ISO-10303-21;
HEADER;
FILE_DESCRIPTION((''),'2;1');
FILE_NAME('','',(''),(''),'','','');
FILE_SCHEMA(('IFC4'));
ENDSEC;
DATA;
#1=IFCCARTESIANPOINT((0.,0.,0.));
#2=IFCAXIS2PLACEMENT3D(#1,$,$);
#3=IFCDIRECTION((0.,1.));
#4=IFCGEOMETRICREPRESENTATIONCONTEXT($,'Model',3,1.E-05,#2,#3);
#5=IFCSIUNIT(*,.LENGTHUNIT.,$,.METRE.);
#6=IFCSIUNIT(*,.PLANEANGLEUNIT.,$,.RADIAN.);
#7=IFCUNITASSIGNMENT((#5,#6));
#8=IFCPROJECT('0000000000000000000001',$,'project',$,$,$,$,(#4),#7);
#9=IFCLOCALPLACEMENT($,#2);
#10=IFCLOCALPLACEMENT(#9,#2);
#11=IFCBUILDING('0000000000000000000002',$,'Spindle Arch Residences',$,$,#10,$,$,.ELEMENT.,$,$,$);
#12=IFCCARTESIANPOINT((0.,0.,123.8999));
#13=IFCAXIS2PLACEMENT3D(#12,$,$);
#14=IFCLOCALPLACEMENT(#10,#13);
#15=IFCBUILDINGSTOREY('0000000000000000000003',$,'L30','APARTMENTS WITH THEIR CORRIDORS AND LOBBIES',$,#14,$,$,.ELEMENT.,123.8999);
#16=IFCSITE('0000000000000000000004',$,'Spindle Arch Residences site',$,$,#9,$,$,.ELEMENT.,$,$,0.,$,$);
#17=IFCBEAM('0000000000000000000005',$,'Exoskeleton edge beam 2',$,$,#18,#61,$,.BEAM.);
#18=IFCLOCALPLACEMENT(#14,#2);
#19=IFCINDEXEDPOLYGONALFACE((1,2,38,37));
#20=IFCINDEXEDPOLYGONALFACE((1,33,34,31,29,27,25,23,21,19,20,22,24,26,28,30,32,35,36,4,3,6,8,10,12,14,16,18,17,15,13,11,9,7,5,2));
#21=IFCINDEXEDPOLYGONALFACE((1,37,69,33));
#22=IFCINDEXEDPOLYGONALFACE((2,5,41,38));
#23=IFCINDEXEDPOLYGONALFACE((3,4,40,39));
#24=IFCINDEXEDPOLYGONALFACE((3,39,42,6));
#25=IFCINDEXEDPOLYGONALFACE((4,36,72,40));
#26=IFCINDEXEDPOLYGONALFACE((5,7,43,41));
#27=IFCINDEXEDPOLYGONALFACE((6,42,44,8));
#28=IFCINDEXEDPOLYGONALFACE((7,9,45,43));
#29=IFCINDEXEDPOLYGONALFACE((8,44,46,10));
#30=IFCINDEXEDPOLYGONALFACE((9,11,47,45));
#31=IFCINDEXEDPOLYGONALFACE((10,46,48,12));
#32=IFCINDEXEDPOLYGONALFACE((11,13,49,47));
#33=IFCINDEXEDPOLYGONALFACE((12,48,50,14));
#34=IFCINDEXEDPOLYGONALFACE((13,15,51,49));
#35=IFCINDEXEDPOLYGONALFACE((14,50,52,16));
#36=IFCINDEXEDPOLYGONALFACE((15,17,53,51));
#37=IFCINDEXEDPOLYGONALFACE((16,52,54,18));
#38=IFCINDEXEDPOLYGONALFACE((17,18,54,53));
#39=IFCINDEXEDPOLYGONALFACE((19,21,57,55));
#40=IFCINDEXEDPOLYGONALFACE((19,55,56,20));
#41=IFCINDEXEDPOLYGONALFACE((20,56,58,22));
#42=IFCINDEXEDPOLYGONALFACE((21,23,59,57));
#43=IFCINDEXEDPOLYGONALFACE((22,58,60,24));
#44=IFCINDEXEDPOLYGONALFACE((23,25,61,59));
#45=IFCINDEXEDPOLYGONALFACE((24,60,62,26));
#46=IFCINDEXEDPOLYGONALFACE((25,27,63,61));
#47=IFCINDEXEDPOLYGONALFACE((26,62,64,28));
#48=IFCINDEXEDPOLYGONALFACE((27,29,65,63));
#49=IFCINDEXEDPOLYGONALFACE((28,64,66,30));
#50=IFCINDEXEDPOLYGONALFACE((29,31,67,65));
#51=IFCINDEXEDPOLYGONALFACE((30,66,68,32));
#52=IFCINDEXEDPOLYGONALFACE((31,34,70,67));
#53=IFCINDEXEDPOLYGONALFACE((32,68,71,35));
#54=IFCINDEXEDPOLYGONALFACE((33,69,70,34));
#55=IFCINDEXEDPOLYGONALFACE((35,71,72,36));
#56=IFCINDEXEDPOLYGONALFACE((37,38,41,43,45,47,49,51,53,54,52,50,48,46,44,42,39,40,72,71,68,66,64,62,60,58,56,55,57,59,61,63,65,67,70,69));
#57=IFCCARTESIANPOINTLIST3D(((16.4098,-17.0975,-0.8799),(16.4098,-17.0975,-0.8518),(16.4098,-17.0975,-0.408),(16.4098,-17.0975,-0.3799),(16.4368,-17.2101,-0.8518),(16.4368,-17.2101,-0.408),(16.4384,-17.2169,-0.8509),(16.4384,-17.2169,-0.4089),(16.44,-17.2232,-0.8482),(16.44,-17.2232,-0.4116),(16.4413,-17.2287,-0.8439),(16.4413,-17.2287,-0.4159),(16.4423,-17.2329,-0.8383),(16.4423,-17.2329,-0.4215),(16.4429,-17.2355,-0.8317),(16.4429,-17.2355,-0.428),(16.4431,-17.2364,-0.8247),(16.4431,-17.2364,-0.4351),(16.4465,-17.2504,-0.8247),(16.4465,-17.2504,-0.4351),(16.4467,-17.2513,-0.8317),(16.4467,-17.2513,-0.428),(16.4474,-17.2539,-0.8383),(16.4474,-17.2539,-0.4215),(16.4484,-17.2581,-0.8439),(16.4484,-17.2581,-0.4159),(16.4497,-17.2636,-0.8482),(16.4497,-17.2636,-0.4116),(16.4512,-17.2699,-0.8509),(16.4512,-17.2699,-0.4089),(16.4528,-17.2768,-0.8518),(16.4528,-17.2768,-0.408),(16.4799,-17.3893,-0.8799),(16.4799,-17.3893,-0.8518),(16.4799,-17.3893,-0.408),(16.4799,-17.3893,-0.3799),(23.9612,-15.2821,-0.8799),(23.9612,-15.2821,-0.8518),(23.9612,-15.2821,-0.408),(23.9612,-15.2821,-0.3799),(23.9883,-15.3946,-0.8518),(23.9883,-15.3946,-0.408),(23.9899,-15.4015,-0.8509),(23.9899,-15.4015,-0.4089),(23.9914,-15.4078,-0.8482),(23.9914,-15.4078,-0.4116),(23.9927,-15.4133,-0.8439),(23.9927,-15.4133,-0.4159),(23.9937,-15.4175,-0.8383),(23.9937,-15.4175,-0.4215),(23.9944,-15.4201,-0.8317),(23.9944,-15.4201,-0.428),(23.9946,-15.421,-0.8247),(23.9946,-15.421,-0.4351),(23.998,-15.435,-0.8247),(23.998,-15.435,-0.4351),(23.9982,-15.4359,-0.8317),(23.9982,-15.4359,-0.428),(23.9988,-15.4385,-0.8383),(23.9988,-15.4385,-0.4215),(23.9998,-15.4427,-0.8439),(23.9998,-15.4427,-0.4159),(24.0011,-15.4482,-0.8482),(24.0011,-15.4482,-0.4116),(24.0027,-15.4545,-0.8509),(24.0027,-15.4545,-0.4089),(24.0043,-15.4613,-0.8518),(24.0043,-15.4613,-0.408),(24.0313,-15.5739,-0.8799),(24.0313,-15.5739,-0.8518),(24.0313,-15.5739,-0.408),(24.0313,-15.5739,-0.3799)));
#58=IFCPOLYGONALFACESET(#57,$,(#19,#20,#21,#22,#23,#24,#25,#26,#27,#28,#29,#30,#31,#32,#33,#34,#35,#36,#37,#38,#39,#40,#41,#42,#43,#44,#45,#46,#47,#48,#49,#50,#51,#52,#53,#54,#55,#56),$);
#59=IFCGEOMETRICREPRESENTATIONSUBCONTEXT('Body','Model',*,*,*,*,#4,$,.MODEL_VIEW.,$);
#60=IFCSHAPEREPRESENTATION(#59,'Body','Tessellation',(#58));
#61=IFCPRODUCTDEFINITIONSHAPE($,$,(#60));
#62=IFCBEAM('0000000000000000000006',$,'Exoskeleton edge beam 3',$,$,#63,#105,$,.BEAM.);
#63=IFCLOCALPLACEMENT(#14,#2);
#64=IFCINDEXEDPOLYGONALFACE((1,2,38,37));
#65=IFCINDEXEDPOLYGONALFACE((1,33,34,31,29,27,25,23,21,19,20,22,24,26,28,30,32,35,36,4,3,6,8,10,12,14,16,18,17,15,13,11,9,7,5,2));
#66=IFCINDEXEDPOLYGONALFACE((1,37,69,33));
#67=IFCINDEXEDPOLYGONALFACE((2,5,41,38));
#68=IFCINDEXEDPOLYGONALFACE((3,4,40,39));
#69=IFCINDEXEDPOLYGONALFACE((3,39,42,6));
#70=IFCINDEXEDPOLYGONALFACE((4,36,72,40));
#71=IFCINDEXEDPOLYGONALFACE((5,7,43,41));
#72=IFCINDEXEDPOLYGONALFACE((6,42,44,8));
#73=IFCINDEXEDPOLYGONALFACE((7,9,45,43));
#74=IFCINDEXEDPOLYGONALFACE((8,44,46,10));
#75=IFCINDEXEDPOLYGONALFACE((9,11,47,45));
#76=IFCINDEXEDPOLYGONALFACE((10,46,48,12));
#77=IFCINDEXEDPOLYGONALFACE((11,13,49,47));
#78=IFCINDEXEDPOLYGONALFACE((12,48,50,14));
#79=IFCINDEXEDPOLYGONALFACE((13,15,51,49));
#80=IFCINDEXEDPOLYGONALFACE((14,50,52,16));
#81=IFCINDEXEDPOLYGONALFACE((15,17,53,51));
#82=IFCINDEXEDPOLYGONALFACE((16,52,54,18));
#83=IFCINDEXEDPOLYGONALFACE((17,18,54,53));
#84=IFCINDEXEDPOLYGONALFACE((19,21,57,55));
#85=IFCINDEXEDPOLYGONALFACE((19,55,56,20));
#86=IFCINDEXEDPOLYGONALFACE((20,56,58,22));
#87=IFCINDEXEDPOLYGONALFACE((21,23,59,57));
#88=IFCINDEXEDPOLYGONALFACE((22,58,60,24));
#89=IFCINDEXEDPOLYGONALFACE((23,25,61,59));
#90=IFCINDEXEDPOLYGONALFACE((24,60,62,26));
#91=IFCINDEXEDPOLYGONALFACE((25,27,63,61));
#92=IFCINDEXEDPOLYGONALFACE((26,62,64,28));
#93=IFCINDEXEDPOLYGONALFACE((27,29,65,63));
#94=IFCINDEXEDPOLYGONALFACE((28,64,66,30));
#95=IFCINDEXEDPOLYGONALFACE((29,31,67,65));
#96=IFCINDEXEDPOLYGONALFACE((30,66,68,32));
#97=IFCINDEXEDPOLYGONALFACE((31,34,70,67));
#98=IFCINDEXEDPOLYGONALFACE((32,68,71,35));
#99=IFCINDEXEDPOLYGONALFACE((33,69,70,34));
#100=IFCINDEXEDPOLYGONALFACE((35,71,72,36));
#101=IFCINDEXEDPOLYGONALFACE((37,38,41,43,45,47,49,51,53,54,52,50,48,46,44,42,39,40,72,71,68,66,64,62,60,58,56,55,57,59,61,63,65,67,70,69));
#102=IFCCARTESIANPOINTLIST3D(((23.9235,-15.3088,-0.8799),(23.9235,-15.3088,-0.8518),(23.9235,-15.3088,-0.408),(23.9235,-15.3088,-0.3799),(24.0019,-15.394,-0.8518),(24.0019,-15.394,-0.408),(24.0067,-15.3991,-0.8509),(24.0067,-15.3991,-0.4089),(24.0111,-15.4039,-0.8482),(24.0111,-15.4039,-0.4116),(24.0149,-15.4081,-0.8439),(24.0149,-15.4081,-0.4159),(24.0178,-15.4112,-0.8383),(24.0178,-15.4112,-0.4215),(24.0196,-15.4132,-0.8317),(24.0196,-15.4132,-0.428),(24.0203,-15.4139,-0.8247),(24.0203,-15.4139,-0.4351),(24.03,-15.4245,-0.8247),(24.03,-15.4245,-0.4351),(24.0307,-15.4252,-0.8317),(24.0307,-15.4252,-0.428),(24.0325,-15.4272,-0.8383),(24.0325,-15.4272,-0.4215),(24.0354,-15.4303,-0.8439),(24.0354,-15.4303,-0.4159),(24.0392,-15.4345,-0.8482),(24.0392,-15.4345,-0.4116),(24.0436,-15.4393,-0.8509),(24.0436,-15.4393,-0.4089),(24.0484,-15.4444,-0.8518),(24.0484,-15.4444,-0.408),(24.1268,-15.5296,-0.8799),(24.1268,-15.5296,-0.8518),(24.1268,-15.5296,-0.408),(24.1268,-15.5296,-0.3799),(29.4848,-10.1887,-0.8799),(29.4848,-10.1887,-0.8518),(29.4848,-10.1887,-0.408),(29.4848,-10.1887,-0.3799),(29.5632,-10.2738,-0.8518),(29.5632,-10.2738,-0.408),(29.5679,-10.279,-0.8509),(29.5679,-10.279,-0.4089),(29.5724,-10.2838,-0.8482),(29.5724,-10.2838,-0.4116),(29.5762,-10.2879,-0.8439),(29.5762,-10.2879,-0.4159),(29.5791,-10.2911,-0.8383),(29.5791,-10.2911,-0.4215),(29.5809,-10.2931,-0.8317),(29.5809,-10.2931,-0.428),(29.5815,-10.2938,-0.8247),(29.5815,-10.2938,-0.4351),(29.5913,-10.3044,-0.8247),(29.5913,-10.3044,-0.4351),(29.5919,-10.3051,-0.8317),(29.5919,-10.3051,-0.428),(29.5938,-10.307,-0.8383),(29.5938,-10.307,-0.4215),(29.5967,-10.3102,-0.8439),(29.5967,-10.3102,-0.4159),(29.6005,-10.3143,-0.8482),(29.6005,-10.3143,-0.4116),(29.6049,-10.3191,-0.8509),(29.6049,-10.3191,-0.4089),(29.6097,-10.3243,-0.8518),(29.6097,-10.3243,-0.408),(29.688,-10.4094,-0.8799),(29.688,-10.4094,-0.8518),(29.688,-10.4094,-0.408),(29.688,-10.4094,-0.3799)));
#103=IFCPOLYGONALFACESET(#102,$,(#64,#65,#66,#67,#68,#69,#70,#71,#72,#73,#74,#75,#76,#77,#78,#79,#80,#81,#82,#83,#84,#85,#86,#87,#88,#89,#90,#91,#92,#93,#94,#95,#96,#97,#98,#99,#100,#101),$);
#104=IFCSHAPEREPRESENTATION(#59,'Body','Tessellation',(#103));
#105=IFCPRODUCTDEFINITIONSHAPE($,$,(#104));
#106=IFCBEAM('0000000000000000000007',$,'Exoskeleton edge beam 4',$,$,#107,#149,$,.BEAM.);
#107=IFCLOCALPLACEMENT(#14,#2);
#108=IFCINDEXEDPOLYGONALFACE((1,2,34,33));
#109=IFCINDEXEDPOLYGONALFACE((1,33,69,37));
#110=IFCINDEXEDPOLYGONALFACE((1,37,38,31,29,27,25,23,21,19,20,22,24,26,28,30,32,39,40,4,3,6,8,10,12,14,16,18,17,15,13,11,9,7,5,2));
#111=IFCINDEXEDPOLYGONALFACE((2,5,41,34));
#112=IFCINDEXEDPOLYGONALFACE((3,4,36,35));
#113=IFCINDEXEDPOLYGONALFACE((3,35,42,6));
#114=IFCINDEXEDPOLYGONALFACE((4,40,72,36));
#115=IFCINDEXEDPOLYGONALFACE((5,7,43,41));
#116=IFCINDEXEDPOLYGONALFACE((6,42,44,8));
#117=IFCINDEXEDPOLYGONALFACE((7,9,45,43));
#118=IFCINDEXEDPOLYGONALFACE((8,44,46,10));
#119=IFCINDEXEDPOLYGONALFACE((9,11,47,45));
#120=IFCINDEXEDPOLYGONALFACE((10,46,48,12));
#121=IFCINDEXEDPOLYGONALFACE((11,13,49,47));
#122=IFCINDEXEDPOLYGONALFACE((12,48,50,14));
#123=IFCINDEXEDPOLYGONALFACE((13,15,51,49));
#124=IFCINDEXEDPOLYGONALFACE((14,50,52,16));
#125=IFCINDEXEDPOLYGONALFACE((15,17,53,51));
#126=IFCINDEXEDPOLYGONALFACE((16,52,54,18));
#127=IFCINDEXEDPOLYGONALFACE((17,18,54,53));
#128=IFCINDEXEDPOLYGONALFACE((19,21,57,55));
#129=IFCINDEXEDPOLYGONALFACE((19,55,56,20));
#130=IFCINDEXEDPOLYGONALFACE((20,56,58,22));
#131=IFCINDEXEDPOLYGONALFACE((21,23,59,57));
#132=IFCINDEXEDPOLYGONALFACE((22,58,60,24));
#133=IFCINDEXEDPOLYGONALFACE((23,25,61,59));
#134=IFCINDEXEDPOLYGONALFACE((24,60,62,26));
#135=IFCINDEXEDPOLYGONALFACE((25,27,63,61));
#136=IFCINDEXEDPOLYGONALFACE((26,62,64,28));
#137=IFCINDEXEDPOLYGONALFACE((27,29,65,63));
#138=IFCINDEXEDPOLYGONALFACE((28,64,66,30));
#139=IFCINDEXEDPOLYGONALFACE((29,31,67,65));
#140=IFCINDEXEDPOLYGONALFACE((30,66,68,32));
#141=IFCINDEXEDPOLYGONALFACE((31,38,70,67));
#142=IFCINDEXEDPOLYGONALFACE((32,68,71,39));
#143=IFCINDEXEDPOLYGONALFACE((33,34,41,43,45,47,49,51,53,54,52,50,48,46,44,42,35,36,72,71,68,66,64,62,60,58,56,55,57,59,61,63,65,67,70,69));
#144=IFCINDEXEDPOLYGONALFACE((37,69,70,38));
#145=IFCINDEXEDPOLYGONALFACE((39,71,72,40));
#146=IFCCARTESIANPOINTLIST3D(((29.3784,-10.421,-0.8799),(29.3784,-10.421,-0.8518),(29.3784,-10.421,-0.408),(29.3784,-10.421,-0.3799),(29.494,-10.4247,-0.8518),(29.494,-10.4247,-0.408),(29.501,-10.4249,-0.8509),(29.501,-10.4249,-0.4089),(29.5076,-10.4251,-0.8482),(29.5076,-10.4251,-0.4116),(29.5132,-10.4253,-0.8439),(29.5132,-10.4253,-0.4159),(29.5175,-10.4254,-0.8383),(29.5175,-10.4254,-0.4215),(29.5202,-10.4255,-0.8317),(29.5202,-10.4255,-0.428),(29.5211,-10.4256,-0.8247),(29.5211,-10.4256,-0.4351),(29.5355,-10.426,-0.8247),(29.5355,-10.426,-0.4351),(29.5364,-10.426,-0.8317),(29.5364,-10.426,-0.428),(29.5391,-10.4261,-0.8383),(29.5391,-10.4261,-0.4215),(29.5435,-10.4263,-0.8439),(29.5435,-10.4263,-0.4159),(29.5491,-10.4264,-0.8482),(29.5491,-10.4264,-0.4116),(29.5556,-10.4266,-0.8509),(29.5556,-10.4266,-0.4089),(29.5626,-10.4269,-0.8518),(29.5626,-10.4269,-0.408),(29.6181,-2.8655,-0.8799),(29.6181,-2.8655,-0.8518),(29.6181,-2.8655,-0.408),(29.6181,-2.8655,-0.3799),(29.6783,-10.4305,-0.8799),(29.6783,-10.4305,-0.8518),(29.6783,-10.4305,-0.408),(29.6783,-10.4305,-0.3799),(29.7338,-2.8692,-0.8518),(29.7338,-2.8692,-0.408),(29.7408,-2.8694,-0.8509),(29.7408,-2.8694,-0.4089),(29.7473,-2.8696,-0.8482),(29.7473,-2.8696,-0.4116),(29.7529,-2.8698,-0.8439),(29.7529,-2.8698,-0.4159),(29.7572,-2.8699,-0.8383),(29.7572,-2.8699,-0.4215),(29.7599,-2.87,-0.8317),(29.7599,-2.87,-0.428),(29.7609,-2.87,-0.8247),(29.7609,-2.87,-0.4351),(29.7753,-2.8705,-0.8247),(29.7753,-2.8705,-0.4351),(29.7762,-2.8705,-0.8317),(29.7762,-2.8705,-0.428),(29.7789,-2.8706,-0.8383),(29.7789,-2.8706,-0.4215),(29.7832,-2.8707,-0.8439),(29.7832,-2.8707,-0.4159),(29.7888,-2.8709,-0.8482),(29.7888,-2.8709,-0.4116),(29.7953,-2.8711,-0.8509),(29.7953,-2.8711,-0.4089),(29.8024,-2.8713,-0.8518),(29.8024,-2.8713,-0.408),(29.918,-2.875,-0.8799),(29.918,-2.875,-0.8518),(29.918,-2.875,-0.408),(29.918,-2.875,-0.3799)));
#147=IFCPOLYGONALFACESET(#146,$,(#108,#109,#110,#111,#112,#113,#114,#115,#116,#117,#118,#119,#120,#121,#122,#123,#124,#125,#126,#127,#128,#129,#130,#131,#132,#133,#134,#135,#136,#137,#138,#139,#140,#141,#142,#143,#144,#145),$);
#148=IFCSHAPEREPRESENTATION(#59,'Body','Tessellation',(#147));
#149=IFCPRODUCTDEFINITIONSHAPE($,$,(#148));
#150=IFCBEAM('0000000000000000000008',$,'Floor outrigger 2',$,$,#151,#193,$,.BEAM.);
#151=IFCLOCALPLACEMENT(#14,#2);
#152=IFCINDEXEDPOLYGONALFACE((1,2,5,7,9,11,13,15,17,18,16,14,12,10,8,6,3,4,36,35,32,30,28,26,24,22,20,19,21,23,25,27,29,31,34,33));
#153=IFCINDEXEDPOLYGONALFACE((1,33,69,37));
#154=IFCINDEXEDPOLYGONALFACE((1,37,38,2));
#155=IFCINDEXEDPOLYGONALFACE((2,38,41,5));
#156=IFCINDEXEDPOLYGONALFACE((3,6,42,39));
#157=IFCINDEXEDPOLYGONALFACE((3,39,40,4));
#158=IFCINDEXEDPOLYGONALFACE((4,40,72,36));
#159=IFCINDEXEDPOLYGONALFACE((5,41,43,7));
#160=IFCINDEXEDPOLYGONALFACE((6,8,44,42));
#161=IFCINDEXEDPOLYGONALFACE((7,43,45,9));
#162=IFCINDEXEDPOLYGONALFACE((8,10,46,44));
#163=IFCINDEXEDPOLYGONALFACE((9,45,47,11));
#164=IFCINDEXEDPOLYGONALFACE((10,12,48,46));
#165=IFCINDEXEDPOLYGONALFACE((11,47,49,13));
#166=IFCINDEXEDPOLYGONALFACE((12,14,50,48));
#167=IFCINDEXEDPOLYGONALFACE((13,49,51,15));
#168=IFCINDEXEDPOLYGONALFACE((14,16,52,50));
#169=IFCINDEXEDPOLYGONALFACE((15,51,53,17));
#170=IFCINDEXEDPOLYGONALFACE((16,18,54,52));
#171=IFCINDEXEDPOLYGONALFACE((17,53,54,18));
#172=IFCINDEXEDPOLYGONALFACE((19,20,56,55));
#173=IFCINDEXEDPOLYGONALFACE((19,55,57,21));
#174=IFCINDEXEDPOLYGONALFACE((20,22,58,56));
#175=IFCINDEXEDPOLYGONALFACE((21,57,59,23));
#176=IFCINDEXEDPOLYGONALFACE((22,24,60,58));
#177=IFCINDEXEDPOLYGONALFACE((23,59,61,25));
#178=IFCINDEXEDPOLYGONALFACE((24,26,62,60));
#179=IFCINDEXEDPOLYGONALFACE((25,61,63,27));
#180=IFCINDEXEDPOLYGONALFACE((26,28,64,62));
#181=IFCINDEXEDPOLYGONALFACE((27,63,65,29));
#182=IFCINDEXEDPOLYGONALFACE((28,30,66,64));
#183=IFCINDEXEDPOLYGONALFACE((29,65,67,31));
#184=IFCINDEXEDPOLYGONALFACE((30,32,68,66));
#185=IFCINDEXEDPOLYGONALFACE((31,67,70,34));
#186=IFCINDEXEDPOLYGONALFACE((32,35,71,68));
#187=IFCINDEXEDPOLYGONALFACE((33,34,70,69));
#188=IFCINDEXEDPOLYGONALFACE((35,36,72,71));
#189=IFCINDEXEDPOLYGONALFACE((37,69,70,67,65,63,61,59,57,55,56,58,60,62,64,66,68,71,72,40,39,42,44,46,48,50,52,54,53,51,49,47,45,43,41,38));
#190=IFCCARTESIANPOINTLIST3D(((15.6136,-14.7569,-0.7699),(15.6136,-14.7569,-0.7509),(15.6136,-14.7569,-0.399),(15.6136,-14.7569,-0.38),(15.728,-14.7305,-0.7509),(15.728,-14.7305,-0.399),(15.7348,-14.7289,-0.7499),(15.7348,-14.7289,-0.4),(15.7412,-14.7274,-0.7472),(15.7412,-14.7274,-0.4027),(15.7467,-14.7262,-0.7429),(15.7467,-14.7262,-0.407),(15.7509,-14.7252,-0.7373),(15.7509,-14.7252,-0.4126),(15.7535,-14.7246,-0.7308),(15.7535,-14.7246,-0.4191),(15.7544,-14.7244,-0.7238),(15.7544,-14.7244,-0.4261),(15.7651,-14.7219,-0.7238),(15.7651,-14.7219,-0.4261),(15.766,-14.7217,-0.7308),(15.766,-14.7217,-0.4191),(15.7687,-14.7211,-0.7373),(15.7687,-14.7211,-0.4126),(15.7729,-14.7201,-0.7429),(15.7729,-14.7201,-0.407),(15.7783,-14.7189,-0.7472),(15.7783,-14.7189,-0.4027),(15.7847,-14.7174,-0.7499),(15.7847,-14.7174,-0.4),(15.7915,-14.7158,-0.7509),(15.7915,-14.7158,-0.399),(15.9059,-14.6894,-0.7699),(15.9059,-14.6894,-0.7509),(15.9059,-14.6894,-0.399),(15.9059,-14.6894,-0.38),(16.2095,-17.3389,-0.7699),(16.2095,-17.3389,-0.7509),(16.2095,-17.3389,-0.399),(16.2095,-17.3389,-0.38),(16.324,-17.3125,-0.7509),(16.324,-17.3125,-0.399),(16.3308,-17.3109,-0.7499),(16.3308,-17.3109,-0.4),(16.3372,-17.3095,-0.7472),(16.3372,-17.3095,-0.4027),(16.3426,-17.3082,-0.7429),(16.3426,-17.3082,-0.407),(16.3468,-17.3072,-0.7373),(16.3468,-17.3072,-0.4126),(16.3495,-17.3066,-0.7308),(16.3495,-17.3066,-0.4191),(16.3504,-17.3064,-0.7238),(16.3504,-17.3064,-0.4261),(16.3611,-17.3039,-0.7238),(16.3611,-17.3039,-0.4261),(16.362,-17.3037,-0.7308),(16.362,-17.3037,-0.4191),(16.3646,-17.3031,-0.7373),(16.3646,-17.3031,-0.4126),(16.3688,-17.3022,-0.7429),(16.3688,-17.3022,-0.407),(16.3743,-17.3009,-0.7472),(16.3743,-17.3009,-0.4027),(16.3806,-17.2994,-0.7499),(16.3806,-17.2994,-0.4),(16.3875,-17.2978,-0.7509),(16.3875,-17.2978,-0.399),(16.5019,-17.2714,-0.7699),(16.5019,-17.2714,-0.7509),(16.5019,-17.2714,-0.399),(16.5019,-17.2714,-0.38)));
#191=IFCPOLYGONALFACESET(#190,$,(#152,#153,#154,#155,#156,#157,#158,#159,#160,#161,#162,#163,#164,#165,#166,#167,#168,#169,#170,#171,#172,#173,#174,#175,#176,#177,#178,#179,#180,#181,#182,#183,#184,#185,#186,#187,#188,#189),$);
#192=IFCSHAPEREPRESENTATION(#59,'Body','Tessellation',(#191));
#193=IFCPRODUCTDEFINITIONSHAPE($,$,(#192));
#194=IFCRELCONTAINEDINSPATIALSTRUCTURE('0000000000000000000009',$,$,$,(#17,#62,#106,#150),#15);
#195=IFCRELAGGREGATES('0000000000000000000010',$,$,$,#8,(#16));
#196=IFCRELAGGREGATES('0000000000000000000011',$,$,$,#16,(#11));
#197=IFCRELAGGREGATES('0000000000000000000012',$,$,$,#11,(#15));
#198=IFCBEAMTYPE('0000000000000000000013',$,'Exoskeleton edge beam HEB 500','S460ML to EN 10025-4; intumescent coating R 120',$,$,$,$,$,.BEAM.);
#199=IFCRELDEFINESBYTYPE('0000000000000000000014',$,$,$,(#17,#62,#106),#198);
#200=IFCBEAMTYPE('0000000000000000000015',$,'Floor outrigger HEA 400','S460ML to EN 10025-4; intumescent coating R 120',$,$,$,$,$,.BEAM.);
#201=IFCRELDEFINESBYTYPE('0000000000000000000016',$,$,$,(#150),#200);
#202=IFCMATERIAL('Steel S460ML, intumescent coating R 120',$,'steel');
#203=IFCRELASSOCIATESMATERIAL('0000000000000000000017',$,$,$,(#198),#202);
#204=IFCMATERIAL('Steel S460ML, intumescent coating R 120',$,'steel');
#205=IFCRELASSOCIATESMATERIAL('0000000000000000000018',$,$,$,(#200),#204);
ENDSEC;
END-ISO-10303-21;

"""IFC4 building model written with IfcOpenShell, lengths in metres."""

from ifc_helpers import new_model, si_unit, direction, frame, origin, origin_2d, place, context, subcontext, project, spatial, i_section, extrude, material, material_profile, profile_set, type_object, element, save


model = new_model("IFC4")

# Units and contexts
model_context = context("Model", 3, precision=1e-05, world=origin(), true_north=direction((0.0, 1.0)))
body_context = subcontext(model_context, "Body", "Model", "MODEL_VIEW")
ifc_project = project(units=[si_unit("LENGTHUNIT", "METRE"), si_unit("PLANEANGLEUNIT", "RADIAN")], contexts=[model_context])

# Site, building, storey
site_placement = place(None, origin())
site = spatial("IfcSite", under=ifc_project, at=site_placement, Name="Spindle Arch Residences site", CompositionType="ELEMENT", RefElevation=0.0)
building_placement = place(site_placement, origin())
building = spatial("IfcBuilding", under=site, at=building_placement, Name="Spindle Arch Residences", CompositionType="ELEMENT")
storey_placement = place(building_placement, frame((0.0, 0.0, 123.8999)))
storey = spatial("IfcBuildingStorey", under=building, at=storey_placement, Name="L30", Description="APARTMENTS WITH THEIR CORRIDORS AND LOBBIES", CompositionType="ELEMENT", Elevation=123.8999)

# Beams
ifc_material_1 = material(Name="Steel S460ML, intumescent coating R 120", Category="steel")
ifc_material_profile_1 = material_profile(ifc_material_1, i_section(OverallWidth=0.3, OverallDepth=0.5, WebThickness=0.0144, FlangeThickness=0.0281, FilletRadius=0.0271, at=origin_2d()), Name="HEB 500")
ifc_profile_set_1 = profile_set([ifc_material_profile_1], Name="Steel S460ML, intumescent coating R 120")
beam_type_1 = type_object("IfcBeamType", Name="Exoskeleton edge beam HEB 500", Description="S460ML to EN 10025-4; intumescent coating R 120", PredefinedType="BEAM", material=ifc_profile_set_1)
beam_1_placement = place(storey_placement, frame((16.4448, -17.2434, -0.6299), z_axis=(0.972298, 0.233746, 0.0), x_axis=(-0.233746, 0.972298, 0.0)))
element("IfcBeam", 1, at=beam_1_placement, inside=storey, type_object=beam_type_1, Name="Exoskeleton edge beam 2", PredefinedType="BEAM", context=body_context, shape_type="SweptSolid", body=[
    extrude(i_section(OverallWidth=0.3, OverallDepth=0.5, WebThickness=0.0144, FlangeThickness=0.0281, FilletRadius=0.0271, at=origin_2d()), origin(), (0.0, 0.0, 1.0), 7.7666),
])
for number, where, z_axis, x_axis, name in (
    (2, (24.0251, -15.4192, -0.6299), (0.735684, 0.677324, 0.0), (-0.677324, 0.735684, 0.0), "Exoskeleton edge beam 3"),
    (3, (29.5283, -10.4258, -0.6299), (0.031716, 0.999497, 0.0), (-0.999497, 0.031716, 0.0), "Exoskeleton edge beam 4"),
):
    element("IfcBeam", number, at=place(storey_placement, frame(where, z_axis=z_axis, x_axis=x_axis)), inside=storey, type_object=beam_type_1, Name=name, PredefinedType="BEAM", context=body_context, shape_type="SweptSolid", body=[
        extrude(i_section(OverallWidth=0.3, OverallDepth=0.5, WebThickness=0.0144, FlangeThickness=0.0281, FilletRadius=0.0271, at=origin_2d()), origin(), (0.0, 0.0, 1.0), 7.5593),
    ])
ifc_material_2 = material(Name="Steel S460ML, intumescent coating R 120", Category="steel")
ifc_material_profile_2 = material_profile(ifc_material_2, i_section(OverallWidth=0.3, OverallDepth=0.3899, WebThickness=0.011, FlangeThickness=0.019, FilletRadius=0.0271, at=origin_2d()), Name="HEA 400")
ifc_profile_set_2 = profile_set([ifc_material_profile_2], Name="Steel S460ML, intumescent coating R 120")
beam_type_2 = type_object("IfcBeamType", Name="Floor outrigger HEA 400", Description="S460ML to EN 10025-4; intumescent coating R 120", PredefinedType="BEAM", material=ifc_profile_set_2)
beam_2_placement = place(storey_placement, frame((16.3557, -17.3052, -0.575), z_axis=(-0.224893, 0.974383, 0.0), x_axis=(-0.974383, -0.224893, 0.0)))
element("IfcBeam", 4, at=beam_2_placement, inside=storey, type_object=beam_type_2, Name="Floor outrigger 2", PredefinedType="BEAM", context=body_context, shape_type="SweptSolid", body=[
    extrude(i_section(OverallWidth=0.3, OverallDepth=0.3899, WebThickness=0.011, FlangeThickness=0.019, FilletRadius=0.0271, at=origin_2d()), origin(), (0.0, 0.0, 1.0), 2.6499),
])

save(model, "model.ifc")
